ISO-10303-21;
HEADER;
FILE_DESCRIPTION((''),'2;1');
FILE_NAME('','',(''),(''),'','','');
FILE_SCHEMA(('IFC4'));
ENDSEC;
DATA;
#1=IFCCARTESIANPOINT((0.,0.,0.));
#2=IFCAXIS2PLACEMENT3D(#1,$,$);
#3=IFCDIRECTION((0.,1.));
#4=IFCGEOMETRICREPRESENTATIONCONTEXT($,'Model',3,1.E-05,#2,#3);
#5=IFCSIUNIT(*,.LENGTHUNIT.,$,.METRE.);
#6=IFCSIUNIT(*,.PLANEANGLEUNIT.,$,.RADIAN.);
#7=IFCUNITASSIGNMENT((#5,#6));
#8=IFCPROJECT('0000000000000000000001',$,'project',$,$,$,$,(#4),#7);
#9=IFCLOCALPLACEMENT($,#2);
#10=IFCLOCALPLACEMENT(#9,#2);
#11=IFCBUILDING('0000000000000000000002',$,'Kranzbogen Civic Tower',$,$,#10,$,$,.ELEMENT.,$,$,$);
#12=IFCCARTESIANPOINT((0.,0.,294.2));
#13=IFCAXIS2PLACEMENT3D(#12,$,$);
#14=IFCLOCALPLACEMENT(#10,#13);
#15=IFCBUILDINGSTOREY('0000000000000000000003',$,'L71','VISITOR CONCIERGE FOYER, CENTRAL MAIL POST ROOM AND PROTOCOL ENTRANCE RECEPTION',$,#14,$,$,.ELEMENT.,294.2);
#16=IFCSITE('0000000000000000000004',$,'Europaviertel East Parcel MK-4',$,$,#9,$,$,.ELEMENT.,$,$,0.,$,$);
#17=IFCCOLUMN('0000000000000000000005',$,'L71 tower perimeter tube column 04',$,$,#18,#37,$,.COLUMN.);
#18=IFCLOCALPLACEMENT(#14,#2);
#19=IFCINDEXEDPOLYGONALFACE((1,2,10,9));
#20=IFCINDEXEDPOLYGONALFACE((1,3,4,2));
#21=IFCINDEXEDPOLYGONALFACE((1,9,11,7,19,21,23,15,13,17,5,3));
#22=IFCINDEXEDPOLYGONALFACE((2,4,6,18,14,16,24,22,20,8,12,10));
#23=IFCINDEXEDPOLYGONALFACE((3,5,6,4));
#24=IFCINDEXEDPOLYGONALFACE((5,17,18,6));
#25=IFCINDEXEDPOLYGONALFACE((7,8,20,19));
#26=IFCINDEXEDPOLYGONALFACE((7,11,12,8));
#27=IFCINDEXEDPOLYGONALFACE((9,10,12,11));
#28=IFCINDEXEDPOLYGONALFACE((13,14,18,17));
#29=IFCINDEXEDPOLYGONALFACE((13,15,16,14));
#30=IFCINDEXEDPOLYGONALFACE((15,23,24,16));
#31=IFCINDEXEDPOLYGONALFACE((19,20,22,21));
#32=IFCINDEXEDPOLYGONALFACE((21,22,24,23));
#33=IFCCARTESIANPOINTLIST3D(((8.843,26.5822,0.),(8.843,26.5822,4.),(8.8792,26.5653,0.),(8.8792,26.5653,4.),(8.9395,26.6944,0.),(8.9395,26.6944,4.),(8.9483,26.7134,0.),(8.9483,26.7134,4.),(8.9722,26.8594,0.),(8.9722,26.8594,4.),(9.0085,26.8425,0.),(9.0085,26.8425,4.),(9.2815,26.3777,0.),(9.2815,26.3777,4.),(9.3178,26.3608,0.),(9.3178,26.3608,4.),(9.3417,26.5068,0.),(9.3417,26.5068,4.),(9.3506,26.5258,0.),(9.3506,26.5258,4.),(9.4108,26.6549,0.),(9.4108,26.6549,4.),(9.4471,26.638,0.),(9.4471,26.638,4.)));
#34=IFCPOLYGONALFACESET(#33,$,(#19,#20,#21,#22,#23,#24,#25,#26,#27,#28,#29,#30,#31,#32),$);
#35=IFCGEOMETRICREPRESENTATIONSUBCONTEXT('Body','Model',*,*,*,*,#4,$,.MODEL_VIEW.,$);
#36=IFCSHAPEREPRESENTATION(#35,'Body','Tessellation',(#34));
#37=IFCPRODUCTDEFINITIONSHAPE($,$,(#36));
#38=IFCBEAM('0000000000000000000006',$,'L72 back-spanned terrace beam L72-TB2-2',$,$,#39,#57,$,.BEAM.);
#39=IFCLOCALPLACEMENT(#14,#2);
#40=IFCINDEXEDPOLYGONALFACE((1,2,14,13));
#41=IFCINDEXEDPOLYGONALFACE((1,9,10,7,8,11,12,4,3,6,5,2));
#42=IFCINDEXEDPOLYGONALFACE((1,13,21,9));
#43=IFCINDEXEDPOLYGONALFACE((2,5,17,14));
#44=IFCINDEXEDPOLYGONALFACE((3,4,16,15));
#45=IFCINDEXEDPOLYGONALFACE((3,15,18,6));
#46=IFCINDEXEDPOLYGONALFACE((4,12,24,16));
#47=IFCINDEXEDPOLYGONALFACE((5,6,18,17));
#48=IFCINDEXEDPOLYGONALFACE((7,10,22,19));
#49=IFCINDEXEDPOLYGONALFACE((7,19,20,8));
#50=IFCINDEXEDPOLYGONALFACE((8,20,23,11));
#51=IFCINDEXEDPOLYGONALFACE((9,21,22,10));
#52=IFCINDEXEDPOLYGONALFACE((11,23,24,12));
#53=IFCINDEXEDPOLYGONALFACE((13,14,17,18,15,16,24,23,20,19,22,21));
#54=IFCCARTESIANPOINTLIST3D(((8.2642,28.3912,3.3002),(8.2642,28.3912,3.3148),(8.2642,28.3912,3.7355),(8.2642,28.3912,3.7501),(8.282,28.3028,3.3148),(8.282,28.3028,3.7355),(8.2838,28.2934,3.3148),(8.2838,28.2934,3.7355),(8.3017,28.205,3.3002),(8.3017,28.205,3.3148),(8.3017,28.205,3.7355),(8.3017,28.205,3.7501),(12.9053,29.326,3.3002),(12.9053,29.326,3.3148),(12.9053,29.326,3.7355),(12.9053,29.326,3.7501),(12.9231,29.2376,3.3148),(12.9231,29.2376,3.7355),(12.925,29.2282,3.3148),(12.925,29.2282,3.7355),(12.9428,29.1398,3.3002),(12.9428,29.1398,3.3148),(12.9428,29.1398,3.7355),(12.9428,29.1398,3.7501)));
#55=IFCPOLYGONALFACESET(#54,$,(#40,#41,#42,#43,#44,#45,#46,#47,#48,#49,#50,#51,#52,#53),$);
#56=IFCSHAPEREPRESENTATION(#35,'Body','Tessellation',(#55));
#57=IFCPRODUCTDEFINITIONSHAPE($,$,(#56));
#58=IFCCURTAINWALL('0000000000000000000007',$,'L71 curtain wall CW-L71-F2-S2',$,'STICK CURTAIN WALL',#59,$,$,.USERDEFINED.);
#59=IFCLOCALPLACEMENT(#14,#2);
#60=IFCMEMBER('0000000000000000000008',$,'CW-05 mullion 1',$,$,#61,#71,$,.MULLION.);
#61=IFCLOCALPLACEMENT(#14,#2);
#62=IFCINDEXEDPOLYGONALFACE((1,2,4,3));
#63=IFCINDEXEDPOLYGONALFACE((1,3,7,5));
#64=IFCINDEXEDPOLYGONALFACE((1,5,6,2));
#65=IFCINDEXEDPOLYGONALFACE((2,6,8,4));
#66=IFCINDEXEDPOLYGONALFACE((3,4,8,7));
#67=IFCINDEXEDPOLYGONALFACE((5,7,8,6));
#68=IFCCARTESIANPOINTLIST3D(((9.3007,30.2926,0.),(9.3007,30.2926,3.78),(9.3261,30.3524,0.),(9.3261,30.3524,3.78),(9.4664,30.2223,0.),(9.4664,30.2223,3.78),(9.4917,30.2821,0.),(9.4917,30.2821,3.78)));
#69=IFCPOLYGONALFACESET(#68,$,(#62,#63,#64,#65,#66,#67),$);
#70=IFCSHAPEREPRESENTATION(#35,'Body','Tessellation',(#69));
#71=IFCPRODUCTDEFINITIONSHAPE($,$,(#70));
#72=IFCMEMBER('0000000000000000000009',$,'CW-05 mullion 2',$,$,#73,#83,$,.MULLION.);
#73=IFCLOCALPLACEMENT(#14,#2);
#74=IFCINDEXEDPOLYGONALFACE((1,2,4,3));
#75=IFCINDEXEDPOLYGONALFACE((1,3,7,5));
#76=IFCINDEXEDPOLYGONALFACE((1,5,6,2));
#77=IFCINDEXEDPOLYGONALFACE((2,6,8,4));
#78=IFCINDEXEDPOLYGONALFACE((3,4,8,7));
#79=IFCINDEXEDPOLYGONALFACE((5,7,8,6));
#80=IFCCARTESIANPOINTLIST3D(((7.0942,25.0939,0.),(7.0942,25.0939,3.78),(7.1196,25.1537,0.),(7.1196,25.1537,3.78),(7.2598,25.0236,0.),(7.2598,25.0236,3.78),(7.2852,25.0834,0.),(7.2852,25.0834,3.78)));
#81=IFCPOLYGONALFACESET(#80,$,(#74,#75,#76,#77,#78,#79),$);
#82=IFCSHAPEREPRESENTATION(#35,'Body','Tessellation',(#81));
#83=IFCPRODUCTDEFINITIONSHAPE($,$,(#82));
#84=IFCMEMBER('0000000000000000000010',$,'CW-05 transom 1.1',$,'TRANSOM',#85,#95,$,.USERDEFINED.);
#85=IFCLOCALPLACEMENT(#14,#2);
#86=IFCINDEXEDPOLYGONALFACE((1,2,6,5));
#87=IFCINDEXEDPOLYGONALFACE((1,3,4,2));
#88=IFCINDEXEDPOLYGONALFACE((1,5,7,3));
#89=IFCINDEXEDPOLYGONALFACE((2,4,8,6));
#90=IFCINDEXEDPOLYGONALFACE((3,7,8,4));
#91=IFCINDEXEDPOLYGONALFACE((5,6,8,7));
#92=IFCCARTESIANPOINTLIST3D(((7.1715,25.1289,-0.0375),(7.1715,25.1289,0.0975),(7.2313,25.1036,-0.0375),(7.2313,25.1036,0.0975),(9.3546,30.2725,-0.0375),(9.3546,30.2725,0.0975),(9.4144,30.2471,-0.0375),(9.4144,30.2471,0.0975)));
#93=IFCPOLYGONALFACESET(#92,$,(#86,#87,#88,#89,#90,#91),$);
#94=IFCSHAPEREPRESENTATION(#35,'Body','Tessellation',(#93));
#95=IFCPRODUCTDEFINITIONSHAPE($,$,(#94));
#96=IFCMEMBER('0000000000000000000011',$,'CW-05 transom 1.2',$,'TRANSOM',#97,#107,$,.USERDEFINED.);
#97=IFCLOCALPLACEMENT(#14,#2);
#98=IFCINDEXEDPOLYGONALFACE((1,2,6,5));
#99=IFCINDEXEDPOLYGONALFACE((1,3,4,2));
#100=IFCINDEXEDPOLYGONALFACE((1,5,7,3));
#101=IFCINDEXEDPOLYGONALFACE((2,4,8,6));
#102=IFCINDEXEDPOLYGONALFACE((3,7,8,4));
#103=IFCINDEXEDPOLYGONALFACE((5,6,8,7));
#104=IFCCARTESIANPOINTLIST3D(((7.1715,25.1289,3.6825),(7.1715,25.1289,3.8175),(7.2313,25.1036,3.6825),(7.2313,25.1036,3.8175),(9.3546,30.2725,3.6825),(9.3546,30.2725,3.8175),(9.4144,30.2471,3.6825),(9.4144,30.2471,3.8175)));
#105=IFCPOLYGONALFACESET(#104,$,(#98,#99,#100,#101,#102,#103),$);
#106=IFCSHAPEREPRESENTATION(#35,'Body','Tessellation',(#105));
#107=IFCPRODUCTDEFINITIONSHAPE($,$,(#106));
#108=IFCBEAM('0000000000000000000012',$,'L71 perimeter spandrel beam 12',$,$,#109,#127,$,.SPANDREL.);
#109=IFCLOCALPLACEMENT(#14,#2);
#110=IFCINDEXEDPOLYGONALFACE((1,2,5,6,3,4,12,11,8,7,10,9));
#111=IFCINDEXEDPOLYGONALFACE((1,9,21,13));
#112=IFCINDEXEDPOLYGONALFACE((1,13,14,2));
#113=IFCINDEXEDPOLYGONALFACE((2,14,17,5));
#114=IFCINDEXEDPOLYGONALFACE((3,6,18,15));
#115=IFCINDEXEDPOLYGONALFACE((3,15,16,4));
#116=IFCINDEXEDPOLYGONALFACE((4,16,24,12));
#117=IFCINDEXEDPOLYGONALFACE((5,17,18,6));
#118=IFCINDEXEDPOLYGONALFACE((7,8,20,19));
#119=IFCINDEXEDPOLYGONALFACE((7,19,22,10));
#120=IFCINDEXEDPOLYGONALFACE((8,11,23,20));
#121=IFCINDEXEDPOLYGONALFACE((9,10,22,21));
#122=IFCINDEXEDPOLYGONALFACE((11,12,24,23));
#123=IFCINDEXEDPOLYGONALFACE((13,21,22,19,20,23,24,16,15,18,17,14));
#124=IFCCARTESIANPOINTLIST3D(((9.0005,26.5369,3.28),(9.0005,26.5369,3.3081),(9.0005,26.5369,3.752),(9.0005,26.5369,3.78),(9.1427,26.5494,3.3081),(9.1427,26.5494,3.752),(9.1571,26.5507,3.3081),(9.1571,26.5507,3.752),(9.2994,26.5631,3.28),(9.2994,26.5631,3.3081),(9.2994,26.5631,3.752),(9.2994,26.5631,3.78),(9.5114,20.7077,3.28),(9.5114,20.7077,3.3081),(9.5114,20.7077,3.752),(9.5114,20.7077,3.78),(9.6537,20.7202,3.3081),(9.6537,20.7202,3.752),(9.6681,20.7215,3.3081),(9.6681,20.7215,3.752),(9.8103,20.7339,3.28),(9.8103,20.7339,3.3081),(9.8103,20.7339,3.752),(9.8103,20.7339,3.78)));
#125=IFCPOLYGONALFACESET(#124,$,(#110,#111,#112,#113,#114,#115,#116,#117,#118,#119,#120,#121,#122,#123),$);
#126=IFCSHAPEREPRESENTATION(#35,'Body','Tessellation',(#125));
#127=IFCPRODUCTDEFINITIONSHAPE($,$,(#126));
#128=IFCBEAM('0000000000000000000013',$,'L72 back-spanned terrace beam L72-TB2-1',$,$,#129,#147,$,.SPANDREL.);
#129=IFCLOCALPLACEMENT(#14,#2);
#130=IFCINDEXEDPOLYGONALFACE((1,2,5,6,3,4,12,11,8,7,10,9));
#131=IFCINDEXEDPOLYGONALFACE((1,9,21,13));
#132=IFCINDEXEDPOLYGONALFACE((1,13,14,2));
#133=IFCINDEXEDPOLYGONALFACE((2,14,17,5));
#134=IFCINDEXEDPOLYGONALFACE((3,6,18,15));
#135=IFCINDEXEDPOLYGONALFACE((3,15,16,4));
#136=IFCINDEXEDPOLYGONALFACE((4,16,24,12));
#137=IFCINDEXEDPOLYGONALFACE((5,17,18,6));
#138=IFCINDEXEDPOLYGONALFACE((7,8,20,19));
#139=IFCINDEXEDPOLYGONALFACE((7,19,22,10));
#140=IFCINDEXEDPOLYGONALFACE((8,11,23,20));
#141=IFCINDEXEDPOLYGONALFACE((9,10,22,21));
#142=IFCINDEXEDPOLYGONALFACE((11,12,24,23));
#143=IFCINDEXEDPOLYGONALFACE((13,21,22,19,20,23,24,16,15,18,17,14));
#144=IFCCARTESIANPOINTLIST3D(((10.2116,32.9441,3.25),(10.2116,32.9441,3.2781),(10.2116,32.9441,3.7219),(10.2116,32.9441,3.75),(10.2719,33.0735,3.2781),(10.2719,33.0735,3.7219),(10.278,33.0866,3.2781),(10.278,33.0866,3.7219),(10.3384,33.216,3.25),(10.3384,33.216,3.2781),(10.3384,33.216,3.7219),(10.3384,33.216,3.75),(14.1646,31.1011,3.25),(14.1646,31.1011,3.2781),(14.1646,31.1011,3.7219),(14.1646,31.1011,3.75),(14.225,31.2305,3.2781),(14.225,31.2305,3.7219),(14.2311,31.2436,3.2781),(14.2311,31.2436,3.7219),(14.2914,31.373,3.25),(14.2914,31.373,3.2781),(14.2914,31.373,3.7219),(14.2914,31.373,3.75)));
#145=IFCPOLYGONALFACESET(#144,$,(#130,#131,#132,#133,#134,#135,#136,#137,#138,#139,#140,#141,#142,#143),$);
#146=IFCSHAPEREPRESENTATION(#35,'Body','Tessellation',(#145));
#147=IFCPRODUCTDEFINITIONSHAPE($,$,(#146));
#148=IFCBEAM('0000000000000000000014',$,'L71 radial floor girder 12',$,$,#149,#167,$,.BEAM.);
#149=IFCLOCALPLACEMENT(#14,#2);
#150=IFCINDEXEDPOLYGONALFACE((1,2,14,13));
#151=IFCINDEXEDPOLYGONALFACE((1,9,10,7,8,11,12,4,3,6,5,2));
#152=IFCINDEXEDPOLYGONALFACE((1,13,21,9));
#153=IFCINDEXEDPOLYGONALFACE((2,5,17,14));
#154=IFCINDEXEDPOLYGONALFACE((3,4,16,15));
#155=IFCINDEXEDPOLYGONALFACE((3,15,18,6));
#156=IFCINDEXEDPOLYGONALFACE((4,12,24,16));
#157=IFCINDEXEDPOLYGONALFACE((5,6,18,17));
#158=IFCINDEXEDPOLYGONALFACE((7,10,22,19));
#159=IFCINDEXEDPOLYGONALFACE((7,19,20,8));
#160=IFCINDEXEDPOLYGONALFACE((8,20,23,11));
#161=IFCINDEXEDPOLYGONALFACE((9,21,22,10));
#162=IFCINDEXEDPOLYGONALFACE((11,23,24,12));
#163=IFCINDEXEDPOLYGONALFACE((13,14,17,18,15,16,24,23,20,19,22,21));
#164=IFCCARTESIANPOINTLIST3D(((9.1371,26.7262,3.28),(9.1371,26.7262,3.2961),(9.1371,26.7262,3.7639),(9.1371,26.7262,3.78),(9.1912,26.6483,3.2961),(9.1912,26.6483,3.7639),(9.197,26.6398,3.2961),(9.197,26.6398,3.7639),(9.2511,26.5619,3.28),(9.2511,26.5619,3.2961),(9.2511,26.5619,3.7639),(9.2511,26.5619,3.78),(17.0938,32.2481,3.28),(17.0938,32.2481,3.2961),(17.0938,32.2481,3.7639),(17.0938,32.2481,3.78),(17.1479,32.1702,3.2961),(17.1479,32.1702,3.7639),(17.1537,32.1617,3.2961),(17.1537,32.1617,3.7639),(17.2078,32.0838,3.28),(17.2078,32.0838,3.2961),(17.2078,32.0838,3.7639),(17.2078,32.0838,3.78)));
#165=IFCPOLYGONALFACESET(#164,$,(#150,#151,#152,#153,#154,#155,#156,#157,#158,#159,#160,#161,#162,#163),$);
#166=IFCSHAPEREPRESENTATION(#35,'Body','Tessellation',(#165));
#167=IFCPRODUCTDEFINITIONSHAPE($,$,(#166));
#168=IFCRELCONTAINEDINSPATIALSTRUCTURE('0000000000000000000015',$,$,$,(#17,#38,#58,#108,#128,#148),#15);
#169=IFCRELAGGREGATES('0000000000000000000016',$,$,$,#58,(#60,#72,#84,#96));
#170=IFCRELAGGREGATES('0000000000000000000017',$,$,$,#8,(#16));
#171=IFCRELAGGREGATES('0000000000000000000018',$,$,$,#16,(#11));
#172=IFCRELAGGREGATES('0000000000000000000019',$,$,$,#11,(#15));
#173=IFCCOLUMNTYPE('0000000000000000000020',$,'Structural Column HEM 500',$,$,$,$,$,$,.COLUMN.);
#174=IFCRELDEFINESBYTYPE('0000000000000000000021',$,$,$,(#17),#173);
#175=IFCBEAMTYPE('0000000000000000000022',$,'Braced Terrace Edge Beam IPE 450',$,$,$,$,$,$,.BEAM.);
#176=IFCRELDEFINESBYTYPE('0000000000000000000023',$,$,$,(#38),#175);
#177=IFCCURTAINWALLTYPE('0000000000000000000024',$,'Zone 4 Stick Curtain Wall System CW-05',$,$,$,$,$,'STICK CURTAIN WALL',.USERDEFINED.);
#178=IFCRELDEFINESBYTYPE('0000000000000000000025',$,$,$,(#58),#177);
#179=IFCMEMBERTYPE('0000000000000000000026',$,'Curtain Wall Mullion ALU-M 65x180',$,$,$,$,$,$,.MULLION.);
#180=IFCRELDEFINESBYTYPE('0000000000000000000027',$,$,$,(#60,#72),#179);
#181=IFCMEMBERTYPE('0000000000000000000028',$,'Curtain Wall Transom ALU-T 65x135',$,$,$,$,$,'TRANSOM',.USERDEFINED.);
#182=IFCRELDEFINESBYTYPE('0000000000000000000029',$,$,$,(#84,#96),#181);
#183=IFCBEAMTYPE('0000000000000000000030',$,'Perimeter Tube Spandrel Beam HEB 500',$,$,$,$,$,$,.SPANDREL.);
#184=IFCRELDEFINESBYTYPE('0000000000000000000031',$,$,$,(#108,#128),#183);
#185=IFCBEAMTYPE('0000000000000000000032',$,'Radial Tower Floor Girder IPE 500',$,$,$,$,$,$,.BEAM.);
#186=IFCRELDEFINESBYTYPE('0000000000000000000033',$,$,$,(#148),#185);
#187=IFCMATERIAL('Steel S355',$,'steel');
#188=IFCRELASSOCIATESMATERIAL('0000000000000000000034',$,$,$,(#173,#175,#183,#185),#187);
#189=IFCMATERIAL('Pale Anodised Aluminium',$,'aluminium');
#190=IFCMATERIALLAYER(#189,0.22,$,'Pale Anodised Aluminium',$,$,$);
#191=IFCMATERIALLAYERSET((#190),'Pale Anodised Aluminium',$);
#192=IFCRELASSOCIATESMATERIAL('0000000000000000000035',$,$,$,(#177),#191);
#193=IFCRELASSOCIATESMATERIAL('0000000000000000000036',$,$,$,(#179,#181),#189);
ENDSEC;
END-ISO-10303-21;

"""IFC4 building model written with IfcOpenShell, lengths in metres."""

from ifc_helpers import new_model, si_unit, direction, frame, origin, origin_2d, place, context, subcontext, project, spatial, rectangle, i_section, extrude, material, layer, layer_set, material_profile, profile_set, type_object, element, aggregate, save


model = new_model("IFC4")

# Units and contexts
model_context = context("Model", 3, precision=1e-05, world=origin(), true_north=direction((0.0, 1.0)))
body_context = subcontext(model_context, "Body", "Model", "MODEL_VIEW")
ifc_project = project(units=[si_unit("LENGTHUNIT", "METRE"), si_unit("PLANEANGLEUNIT", "RADIAN")], contexts=[model_context])

# Site, building, storey
site_placement = place(None, origin())
site = spatial("IfcSite", under=ifc_project, at=site_placement, Name="Europaviertel East Parcel MK-4", CompositionType="ELEMENT", RefElevation=0.0)
building_placement = place(site_placement, origin())
building = spatial("IfcBuilding", under=site, at=building_placement, Name="Kranzbogen Civic Tower", CompositionType="ELEMENT")
storey_placement = place(building_placement, frame((0.0, 0.0, 294.2)))
storey = spatial("IfcBuildingStorey", under=building, at=storey_placement, Name="L71", Description="VISITOR CONCIERGE FOYER, CENTRAL MAIL POST ROOM AND PROTOCOL ENTRANCE RECEPTION", CompositionType="ELEMENT", Elevation=294.2)

# Column
ifc_material_1 = material(Name="Steel S355", Category="steel")
ifc_material_profile_1 = material_profile(ifc_material_1, i_section(OverallWidth=0.3059, OverallDepth=0.5239, WebThickness=0.021, FlangeThickness=0.04, at=origin_2d()), Name="HEM 500")
ifc_profile_set_1 = profile_set([ifc_material_profile_1], Name="Steel S355")
column_type = type_object("IfcColumnType", Name="Structural Column HEM 500", PredefinedType="COLUMN", material=ifc_profile_set_1)
column_placement = place(storey_placement, frame((9.145, 26.6101, 0.0), z_axis=(0.0, 0.0, 1.0), x_axis=(0.422618, 0.906308, 0.0)))
element("IfcColumn", 1, at=column_placement, inside=storey, type_object=column_type, Name="L71 tower perimeter tube column 04", PredefinedType="COLUMN", context=body_context, shape_type="SweptSolid", body=[
    extrude(i_section(OverallWidth=0.3059, OverallDepth=0.5239, WebThickness=0.021, FlangeThickness=0.04, at=origin_2d()), origin(), (0.0, 0.0, 1.0), 4.0),
])

# Beam
ifc_material_profile_2 = material_profile(ifc_material_1, i_section(OverallWidth=0.1899, OverallDepth=0.45, WebThickness=0.0095, FlangeThickness=0.0146, at=origin_2d()), Name="IPE 450")
ifc_profile_set_2 = profile_set([ifc_material_profile_2], Name="Steel S355")
beam_type_1 = type_object("IfcBeamType", Name="Braced Terrace Edge Beam IPE 450", PredefinedType="BEAM", material=ifc_profile_set_2)
beam_1_placement = place(storey_placement, frame((12.9241, 29.2329, 3.5251), z_axis=(-0.980312, -0.197455, 0.0), x_axis=(0.197455, -0.980312, 0.0)))
element("IfcBeam", 2, at=beam_1_placement, inside=storey, type_object=beam_type_1, Name="L72 back-spanned terrace beam L72-TB2-2", PredefinedType="BEAM", context=body_context, shape_type="SweptSolid", body=[
    extrude(i_section(OverallWidth=0.1899, OverallDepth=0.45, WebThickness=0.0095, FlangeThickness=0.0146, at=origin_2d()), origin(), (0.0, 0.0, 1.0), 4.7344),
])

# Curtain wall, members
ifc_material_2 = material(Name="Pale Anodised Aluminium", Category="aluminium")
ifc_layer_1 = layer(ifc_material_2, 0.22, Name="Pale Anodised Aluminium")
ifc_layer_set_1 = layer_set([ifc_layer_1], Name="Pale Anodised Aluminium")
curtain_wall_type = type_object("IfcCurtainWallType", Name="Zone 4 Stick Curtain Wall System CW-05", ElementType="STICK CURTAIN WALL", PredefinedType="USERDEFINED", material=ifc_layer_set_1)
curtain_wall_placement = place(storey_placement, origin())
curtain_wall = element("IfcCurtainWall", 3, at=curtain_wall_placement, inside=storey, type_object=curtain_wall_type, Name="L71 curtain wall CW-L71-F2-S2", ObjectType="STICK CURTAIN WALL", PredefinedType="USERDEFINED")
ifc_material_profile_3 = material_profile(ifc_material_2, rectangle(XDim=0.0649, YDim=0.1799, at=origin_2d()), Name="ALU-M 65x180")
ifc_profile_set_3 = profile_set([ifc_material_profile_3], Name="Pale Anodised Aluminium")
member_type_1 = type_object("IfcMemberType", Name="Curtain Wall Mullion ALU-M 65x180", PredefinedType="MULLION", material=ifc_profile_set_3)
member_1_placement = place(storey_placement, frame((9.3962, 30.2874, 0.0), z_axis=(0.0, 0.0, 1.0), x_axis=(-0.390703, -0.920517, 0.0)))
member_1 = element("IfcMember", 4, at=member_1_placement, type_object=member_type_1, Name="CW-05 mullion 1", PredefinedType="MULLION", context=body_context, shape_type="SweptSolid", body=[
    extrude(rectangle(XDim=0.0649, YDim=0.1799, at=origin_2d()), origin(), (0.0, 0.0, 1.0), 3.78),
])
member_2_placement = place(storey_placement, frame((7.1897, 25.0886, 0.0), z_axis=(0.0, 0.0, 1.0), x_axis=(-0.390703, -0.920517, 0.0)))
member_2 = element("IfcMember", 5, at=member_2_placement, type_object=member_type_1, Name="CW-05 mullion 2", PredefinedType="MULLION", context=body_context, shape_type="SweptSolid", body=[
    extrude(rectangle(XDim=0.0649, YDim=0.1799, at=origin_2d()), origin(), (0.0, 0.0, 1.0), 3.78),
])
ifc_material_profile_4 = material_profile(ifc_material_2, rectangle(XDim=0.0649, YDim=0.135, at=origin_2d()), Name="ALU-T 65x135")
ifc_profile_set_4 = profile_set([ifc_material_profile_4], Name="Pale Anodised Aluminium")
member_type_2 = type_object("IfcMemberType", Name="Curtain Wall Transom ALU-T 65x135", ElementType="TRANSOM", PredefinedType="USERDEFINED", material=ifc_profile_set_4)
member_3_placement = place(storey_placement, frame((9.3845, 30.2598, 0.03), z_axis=(-0.3907, -0.920518, 0.0), x_axis=(0.920518, -0.3907, 0.0)))
member_3 = element("IfcMember", 6, at=member_3_placement, type_object=member_type_2, Name="CW-05 transom 1.1", ObjectType="TRANSOM", PredefinedType="USERDEFINED", context=body_context, shape_type="SweptSolid", body=[
    extrude(rectangle(XDim=0.0649, YDim=0.135, at=origin_2d()), origin(), (0.0, 0.0, 1.0), 5.5876),
])
member_4_placement = place(storey_placement, frame((9.3845, 30.2598, 3.75), z_axis=(-0.3907, -0.920518, 0.0), x_axis=(0.920518, -0.3907, 0.0)))
member_4 = element("IfcMember", 7, at=member_4_placement, type_object=member_type_2, Name="CW-05 transom 1.2", ObjectType="TRANSOM", PredefinedType="USERDEFINED", context=body_context, shape_type="SweptSolid", body=[
    extrude(rectangle(XDim=0.0649, YDim=0.135, at=origin_2d()), origin(), (0.0, 0.0, 1.0), 5.5876),
])

# Beams
ifc_material_profile_5 = material_profile(ifc_material_1, i_section(OverallWidth=0.3, OverallDepth=0.5, WebThickness=0.0144, FlangeThickness=0.0281, at=origin_2d()), Name="HEB 500")
ifc_profile_set_5 = profile_set([ifc_material_profile_5], Name="Steel S355")
beam_type_2 = type_object("IfcBeamType", Name="Perimeter Tube Spandrel Beam HEB 500", PredefinedType="SPANDREL", material=ifc_profile_set_5)
beam_2_placement = place(storey_placement, frame((9.1499, 26.55, 3.53), z_axis=(0.087326, -0.99618, 0.0), x_axis=(0.99618, 0.087326, 0.0)))
element("IfcBeam", 8, at=beam_2_placement, inside=storey, type_object=beam_type_2, Name="L71 perimeter spandrel beam 12", PredefinedType="SPANDREL", context=body_context, shape_type="SweptSolid", body=[
    extrude(i_section(OverallWidth=0.3, OverallDepth=0.5, WebThickness=0.0144, FlangeThickness=0.0281, at=origin_2d()), origin(), (0.0, 0.0, 1.0), 5.8516),
])
beam_3_placement = place(storey_placement, frame((14.228, 31.2371, 3.5), z_axis=(-0.906339, 0.422551, 0.0), x_axis=(-0.422551, -0.906339, 0.0)))
element("IfcBeam", 9, at=beam_3_placement, inside=storey, type_object=beam_type_2, Name="L72 back-spanned terrace beam L72-TB2-1", PredefinedType="SPANDREL", context=body_context, shape_type="SweptSolid", body=[
    extrude(i_section(OverallWidth=0.3, OverallDepth=0.5, WebThickness=0.0144, FlangeThickness=0.0281, at=origin_2d()), origin(), (0.0, 0.0, 1.0), 4.3616),
])
ifc_material_profile_6 = material_profile(ifc_material_1, i_section(OverallWidth=0.2, OverallDepth=0.5, WebThickness=0.0103, FlangeThickness=0.0161, at=origin_2d()), Name="IPE 500")
ifc_profile_set_6 = profile_set([ifc_material_profile_6], Name="Steel S355")
beam_type_3 = type_object("IfcBeamType", Name="Radial Tower Floor Girder IPE 500", PredefinedType="BEAM", material=ifc_profile_set_6)
beam_4_placement = place(storey_placement, frame((9.1941, 26.644, 3.53), z_axis=(0.821543, 0.570147, 0.0), x_axis=(-0.570147, 0.821543, 0.0)))
element("IfcBeam", 10, at=beam_4_placement, inside=storey, type_object=beam_type_3, Name="L71 radial floor girder 12", PredefinedType="BEAM", context=body_context, shape_type="SweptSolid", body=[
    extrude(i_section(OverallWidth=0.2, OverallDepth=0.5, WebThickness=0.0103, FlangeThickness=0.0161, at=origin_2d()), origin(), (0.0, 0.0, 1.0), 9.6851),
])

aggregate(curtain_wall, [member_1, member_2, member_3, member_4])

save(model, "model.ifc")
